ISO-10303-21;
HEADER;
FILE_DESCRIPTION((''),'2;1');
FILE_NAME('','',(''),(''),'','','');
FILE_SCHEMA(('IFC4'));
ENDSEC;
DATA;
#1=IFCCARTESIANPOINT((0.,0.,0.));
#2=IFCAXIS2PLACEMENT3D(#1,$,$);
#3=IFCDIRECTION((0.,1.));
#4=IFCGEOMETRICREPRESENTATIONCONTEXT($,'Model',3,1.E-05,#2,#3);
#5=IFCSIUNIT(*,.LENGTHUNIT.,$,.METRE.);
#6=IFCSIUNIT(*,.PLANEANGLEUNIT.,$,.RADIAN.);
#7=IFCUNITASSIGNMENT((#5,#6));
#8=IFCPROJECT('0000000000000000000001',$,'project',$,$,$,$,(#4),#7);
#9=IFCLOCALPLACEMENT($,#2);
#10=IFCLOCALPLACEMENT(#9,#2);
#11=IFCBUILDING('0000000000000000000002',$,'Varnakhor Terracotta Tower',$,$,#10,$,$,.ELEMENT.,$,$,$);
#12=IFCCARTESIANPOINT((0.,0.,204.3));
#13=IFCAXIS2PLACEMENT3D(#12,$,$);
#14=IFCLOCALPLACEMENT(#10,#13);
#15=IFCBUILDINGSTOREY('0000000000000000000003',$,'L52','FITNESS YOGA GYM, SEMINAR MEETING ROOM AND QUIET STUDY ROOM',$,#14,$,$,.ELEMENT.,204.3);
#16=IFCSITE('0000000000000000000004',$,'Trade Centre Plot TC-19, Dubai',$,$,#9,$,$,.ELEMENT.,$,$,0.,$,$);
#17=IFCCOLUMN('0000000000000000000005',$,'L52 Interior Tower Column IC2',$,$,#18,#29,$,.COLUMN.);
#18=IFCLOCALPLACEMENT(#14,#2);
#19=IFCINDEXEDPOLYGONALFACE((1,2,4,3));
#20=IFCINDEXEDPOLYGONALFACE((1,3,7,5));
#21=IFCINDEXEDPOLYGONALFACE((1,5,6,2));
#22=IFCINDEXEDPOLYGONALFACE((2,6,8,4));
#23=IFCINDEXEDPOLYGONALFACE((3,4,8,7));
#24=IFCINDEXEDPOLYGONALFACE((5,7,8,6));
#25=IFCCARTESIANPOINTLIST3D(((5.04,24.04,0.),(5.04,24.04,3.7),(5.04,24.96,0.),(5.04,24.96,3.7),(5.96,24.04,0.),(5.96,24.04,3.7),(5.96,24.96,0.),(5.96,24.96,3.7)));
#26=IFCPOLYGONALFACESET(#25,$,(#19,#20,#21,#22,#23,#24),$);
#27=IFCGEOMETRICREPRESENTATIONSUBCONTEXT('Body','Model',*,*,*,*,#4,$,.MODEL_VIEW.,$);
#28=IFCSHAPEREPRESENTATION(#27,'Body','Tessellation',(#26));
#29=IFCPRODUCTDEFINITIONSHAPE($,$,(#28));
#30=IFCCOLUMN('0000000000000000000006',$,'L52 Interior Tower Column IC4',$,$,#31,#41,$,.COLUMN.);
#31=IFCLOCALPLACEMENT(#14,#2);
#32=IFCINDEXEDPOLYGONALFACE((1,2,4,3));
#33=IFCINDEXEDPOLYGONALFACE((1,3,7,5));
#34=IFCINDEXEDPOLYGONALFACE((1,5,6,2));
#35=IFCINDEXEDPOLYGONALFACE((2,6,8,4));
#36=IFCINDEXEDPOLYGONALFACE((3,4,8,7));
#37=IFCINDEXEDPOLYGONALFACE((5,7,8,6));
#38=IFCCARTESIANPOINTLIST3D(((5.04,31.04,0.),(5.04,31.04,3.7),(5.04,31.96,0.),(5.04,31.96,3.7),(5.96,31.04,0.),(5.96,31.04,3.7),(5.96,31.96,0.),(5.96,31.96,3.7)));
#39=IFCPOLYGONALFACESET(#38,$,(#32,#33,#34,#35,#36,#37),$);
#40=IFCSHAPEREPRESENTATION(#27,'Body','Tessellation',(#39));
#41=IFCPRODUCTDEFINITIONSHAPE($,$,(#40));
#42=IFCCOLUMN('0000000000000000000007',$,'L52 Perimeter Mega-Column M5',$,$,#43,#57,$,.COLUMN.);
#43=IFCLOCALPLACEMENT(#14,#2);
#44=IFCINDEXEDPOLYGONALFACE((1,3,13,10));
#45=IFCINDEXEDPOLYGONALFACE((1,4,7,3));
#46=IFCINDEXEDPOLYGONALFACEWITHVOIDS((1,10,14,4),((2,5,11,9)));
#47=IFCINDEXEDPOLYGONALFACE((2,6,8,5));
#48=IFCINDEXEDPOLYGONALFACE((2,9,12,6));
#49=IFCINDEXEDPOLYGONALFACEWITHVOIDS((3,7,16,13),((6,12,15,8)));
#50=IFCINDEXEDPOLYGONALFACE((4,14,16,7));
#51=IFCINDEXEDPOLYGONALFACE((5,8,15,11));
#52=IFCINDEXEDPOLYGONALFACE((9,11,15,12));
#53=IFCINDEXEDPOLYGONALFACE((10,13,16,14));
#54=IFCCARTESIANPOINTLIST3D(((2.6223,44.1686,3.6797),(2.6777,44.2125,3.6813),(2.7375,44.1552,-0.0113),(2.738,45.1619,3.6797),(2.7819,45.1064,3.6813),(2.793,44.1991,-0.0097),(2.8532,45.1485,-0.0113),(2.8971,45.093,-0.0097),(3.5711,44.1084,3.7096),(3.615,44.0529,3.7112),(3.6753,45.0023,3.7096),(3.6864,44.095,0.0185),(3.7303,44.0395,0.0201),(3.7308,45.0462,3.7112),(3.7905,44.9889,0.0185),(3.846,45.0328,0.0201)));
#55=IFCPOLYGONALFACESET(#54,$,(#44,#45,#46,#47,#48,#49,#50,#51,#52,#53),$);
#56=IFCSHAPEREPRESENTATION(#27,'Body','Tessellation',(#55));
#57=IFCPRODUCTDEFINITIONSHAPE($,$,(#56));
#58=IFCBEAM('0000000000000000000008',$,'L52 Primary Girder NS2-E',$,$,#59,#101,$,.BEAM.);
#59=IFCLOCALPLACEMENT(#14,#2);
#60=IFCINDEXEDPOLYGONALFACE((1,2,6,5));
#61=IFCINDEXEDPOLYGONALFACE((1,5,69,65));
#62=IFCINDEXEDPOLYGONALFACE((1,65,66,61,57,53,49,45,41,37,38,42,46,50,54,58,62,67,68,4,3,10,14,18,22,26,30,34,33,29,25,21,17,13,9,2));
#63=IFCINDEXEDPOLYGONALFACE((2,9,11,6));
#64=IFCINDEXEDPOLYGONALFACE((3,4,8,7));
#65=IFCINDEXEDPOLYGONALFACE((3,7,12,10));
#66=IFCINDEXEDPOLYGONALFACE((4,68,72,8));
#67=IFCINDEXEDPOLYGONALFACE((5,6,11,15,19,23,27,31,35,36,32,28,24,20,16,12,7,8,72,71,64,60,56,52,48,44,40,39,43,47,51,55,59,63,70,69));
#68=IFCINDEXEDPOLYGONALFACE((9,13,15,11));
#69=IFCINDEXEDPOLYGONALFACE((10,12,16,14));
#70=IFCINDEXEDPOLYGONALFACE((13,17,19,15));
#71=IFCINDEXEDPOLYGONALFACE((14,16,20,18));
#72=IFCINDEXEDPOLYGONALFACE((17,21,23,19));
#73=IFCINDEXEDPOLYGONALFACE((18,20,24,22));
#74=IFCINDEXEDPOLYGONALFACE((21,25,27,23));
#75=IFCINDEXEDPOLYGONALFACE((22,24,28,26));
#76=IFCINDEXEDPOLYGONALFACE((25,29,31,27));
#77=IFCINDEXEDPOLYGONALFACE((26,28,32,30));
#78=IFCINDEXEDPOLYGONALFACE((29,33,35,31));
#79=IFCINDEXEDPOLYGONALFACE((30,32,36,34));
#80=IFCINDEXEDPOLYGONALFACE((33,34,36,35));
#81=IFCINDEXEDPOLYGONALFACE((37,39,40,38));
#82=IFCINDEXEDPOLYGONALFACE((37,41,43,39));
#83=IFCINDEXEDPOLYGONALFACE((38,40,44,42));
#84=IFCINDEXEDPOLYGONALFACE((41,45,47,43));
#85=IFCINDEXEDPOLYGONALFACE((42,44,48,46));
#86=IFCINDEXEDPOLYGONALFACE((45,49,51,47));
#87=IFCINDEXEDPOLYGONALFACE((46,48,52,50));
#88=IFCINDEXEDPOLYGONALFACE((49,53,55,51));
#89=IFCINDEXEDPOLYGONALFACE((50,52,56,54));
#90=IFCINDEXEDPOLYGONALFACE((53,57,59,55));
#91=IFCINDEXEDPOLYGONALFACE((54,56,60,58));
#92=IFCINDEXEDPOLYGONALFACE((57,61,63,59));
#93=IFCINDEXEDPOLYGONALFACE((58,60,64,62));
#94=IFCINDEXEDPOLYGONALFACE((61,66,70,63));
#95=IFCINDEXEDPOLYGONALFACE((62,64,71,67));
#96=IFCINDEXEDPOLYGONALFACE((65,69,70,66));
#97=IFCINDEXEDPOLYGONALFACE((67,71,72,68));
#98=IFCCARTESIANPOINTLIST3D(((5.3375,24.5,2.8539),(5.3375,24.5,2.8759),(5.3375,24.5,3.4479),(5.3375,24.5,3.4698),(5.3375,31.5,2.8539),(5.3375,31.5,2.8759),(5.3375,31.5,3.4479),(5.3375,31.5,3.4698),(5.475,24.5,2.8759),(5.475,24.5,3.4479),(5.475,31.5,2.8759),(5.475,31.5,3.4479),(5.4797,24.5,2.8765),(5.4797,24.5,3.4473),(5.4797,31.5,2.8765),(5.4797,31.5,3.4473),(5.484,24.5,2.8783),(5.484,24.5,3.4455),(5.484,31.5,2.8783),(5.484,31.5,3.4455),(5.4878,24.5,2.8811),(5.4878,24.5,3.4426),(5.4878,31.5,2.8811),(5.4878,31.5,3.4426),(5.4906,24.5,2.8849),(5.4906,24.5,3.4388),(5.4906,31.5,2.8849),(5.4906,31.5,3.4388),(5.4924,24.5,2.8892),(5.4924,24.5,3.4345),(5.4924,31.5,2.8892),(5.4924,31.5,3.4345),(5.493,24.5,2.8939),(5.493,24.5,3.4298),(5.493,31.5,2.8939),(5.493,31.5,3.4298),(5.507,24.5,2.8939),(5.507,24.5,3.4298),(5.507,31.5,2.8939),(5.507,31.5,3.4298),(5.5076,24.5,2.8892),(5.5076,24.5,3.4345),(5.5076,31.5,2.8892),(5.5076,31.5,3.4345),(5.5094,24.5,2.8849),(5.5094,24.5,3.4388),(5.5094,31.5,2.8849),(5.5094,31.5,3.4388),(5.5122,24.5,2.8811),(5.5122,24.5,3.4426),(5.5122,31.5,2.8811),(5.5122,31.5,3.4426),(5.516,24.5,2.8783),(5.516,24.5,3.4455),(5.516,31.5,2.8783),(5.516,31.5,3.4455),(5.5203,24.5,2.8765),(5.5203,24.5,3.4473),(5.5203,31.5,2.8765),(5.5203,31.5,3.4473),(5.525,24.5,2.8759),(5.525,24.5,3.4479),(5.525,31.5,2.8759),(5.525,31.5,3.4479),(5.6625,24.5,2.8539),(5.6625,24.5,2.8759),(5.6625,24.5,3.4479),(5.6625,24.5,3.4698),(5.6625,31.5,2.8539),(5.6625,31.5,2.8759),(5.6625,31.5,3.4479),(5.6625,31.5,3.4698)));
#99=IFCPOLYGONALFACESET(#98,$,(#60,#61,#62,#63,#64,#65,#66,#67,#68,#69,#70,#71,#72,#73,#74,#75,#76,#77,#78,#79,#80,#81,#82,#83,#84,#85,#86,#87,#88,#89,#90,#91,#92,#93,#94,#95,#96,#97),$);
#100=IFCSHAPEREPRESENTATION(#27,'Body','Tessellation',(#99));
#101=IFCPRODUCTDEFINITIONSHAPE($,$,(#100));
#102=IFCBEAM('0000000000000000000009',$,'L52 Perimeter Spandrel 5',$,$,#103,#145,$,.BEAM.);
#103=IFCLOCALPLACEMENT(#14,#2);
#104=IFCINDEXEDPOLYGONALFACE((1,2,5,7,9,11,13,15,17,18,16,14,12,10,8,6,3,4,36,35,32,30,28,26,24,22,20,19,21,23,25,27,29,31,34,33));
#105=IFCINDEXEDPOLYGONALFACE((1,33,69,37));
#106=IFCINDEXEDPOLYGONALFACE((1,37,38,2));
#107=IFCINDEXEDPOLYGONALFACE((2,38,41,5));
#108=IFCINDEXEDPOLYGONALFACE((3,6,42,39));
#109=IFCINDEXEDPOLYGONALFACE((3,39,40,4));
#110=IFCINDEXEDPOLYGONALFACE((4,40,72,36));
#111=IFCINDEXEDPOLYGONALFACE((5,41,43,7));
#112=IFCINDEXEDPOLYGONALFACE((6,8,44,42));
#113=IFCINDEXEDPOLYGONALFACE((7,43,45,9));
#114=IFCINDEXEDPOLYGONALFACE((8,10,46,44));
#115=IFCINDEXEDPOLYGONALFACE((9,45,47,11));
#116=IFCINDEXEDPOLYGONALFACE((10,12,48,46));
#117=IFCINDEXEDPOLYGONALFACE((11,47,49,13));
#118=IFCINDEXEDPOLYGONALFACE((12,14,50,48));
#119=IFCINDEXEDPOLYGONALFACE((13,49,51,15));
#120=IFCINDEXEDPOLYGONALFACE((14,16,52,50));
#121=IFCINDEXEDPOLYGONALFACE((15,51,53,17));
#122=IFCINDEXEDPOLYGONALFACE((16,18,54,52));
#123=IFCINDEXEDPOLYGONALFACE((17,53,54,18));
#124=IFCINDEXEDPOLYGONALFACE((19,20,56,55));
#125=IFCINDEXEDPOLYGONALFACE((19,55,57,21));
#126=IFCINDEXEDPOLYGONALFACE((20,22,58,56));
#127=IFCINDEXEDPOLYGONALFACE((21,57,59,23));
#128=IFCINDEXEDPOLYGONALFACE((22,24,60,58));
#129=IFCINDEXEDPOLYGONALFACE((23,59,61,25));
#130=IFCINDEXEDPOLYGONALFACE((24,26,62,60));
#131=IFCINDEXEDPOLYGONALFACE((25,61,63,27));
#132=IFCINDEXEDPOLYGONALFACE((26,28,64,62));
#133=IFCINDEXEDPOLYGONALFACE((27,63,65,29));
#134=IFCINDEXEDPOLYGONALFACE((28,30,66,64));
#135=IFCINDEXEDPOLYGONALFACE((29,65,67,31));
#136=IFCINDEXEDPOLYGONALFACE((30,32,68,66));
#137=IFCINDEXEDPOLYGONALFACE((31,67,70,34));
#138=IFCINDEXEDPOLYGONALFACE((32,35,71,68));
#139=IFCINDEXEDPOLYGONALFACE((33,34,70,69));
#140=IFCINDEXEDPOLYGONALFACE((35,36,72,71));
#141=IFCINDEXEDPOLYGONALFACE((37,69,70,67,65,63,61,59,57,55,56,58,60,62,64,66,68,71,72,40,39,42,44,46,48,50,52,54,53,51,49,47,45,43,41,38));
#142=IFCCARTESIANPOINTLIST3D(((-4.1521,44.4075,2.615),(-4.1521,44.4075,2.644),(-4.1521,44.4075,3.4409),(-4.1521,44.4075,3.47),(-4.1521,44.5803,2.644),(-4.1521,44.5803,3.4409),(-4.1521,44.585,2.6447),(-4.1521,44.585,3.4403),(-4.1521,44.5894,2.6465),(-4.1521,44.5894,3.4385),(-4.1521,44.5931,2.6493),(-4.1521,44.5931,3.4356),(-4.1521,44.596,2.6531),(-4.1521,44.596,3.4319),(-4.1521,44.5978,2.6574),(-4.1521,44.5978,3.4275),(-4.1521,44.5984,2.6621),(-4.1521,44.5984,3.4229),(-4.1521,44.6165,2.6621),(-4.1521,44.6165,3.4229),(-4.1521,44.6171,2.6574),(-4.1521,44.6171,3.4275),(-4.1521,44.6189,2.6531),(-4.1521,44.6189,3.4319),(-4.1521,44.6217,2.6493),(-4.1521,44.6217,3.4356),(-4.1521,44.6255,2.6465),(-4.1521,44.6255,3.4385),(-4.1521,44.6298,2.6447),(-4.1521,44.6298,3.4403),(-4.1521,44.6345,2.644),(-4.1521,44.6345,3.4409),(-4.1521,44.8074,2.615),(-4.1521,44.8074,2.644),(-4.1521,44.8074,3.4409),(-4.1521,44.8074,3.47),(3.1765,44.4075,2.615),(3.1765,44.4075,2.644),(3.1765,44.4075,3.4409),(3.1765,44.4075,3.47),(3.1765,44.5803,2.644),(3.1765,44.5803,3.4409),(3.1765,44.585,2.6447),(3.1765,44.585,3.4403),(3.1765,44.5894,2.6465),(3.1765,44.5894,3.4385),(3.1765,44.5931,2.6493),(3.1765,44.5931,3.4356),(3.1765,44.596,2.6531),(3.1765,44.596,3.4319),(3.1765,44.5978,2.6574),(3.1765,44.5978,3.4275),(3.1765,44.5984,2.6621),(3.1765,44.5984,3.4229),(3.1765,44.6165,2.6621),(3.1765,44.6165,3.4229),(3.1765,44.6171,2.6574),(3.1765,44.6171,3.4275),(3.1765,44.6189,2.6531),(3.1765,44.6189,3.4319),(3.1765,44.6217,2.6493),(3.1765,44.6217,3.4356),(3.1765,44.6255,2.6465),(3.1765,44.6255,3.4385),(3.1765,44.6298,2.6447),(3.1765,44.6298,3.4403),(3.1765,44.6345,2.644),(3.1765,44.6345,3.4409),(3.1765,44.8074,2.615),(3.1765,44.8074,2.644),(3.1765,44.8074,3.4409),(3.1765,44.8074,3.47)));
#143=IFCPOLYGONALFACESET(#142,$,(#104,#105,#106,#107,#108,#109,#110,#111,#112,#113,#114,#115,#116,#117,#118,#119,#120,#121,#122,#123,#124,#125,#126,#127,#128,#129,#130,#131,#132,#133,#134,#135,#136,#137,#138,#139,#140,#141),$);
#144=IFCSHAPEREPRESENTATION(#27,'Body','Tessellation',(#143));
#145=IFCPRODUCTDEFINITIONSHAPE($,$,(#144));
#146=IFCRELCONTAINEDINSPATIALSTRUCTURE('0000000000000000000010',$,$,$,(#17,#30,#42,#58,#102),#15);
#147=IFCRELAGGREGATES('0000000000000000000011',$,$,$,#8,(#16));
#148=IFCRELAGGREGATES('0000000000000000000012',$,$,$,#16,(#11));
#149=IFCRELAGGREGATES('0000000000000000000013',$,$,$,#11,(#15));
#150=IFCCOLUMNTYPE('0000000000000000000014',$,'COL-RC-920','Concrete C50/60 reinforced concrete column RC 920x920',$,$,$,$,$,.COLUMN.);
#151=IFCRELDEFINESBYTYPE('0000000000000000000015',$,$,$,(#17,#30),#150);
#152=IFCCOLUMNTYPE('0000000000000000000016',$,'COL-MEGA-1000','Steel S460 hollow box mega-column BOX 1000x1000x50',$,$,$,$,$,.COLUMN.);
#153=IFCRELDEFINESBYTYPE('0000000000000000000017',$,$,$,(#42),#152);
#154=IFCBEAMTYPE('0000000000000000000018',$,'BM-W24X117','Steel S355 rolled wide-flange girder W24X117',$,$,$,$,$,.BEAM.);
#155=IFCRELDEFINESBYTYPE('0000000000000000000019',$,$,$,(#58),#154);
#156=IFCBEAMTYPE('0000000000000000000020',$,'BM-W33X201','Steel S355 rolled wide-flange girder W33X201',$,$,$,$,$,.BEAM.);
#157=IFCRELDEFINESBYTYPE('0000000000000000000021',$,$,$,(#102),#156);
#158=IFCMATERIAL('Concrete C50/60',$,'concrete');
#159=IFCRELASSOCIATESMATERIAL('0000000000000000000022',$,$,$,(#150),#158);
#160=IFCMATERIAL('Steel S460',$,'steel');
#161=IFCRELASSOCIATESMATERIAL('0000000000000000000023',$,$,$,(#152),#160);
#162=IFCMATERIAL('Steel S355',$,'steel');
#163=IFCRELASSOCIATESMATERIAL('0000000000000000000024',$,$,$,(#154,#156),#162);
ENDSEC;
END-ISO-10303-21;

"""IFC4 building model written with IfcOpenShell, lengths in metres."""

from ifc_helpers import new_model, si_unit, direction, frame, origin, origin_2d, place, context, subcontext, project, spatial, rectangle, hollow_rectangle, i_section, extrude, source, transform, mapped, material, material_profile, profile_set, type_object, element, save


model = new_model("IFC4")

# Units and contexts
model_context = context("Model", 3, precision=1e-05, world=origin(), true_north=direction((0.0, 1.0)))
body_context = subcontext(model_context, "Body", "Model", "MODEL_VIEW")
ifc_project = project(units=[si_unit("LENGTHUNIT", "METRE"), si_unit("PLANEANGLEUNIT", "RADIAN")], contexts=[model_context])

# Site, building, storey
site_placement = place(None, origin())
site = spatial("IfcSite", under=ifc_project, at=site_placement, Name="Trade Centre Plot TC-19, Dubai", CompositionType="ELEMENT", RefElevation=0.0)
building_placement = place(site_placement, origin())
building = spatial("IfcBuilding", under=site, at=building_placement, Name="Varnakhor Terracotta Tower", CompositionType="ELEMENT")
storey_placement = place(building_placement, frame((0.0, 0.0, 204.3)))
storey = spatial("IfcBuildingStorey", under=building, at=storey_placement, Name="L52", Description="FITNESS YOGA GYM, SEMINAR MEETING ROOM AND QUIET STUDY ROOM", CompositionType="ELEMENT", Elevation=204.3)

# Columns
ifc_material_1 = material(Name="Concrete C50/60", Category="concrete")
ifc_material_profile_1 = material_profile(ifc_material_1, rectangle(XDim=0.9199, YDim=0.9199, at=origin_2d()), Name="RC 920x920")
ifc_profile_set_1 = profile_set([ifc_material_profile_1], Name="Concrete C50/60")
column_type_1 = type_object("IfcColumnType", Name="COL-RC-920", Description="Concrete C50/60 reinforced concrete column RC 920x920", PredefinedType="COLUMN", material=ifc_profile_set_1)
shared_shape_1 = source(origin(), body_context, "Body", "SweptSolid", [
    extrude(rectangle(XDim=0.9199, YDim=0.9199, at=origin_2d()), origin(), (0.0, 0.0, 1.0), 3.7),
])
for number, where, z_axis, x_axis, name in (
    (1, (5.5, 24.5, 0.0), (0.0, 0.0, 1.0), (1.0, 0.0, 0.0), "L52 Interior Tower Column IC2"),
    (2, (5.5, 31.5, 0.0), (0.0, 0.0, 1.0), (1.0, 0.0, 0.0), "L52 Interior Tower Column IC4"),
):
    element("IfcColumn", number, at=place(storey_placement, frame(where, z_axis=z_axis, x_axis=x_axis)), inside=storey, type_object=column_type_1, Name=name, PredefinedType="COLUMN", context=body_context, shape_type="MappedRepresentation", body=[
        mapped(shared_shape_1, transform((0.0, 0.0, 0.0), scale=1.0)),
    ])
ifc_material_2 = material(Name="Steel S460", Category="steel")
ifc_material_profile_2 = material_profile(ifc_material_2, hollow_rectangle(XDim=1.0, YDim=1.0, WallThickness=0.05, at=origin_2d()), Name="BOX 1000x1000x50")
ifc_profile_set_2 = profile_set([ifc_material_profile_2], Name="Steel S460")
column_type_2 = type_object("IfcColumnType", Name="COL-MEGA-1000", Description="Steel S460 hollow box mega-column BOX 1000x1000x50", PredefinedType="COLUMN", material=ifc_profile_set_2)
shared_shape_2 = source(origin(), body_context, "Body", "SweptSolid", [
    extrude(hollow_rectangle(XDim=1.0, YDim=1.0, WallThickness=0.05, at=origin_2d()), origin(), (0.0, 0.0, 1.0), 3.6929),
])
column_placement = place(storey_placement, frame((3.2917, 44.594, 0.0044), z_axis=(-0.031204, 0.003636, 0.999506), x_axis=(-0.115742, -0.993279, 0.0)))
element("IfcColumn", 3, at=column_placement, inside=storey, type_object=column_type_2, Name="L52 Perimeter Mega-Column M5", PredefinedType="COLUMN", context=body_context, shape_type="MappedRepresentation", body=[
    mapped(shared_shape_2, transform((0.0, 0.0, 0.0), scale=1.0)),
])

# Beams
ifc_material_3 = material(Name="Steel S355", Category="steel")
ifc_material_profile_3 = material_profile(ifc_material_3, i_section(OverallWidth=0.325, OverallDepth=0.616, WebThickness=0.0139, FlangeThickness=0.022, FilletRadius=0.0181, at=origin_2d()), Name="W24X117")
ifc_profile_set_3 = profile_set([ifc_material_profile_3], Name="Steel S355")
beam_type_1 = type_object("IfcBeamType", Name="BM-W24X117", Description="Steel S355 rolled wide-flange girder W24X117", PredefinedType="BEAM", material=ifc_profile_set_3)
shared_shape_3 = source(origin(), body_context, "Body", "SweptSolid", [
    extrude(i_section(OverallWidth=0.325, OverallDepth=0.616, WebThickness=0.0139, FlangeThickness=0.022, FilletRadius=0.0181, at=origin_2d()), origin(), (0.0, 0.0, 1.0), 7.0),
])
beam_1_placement = place(storey_placement, frame((5.5, 24.5, 3.1619), z_axis=(0.0, 1.0, 0.0), x_axis=(-1.0, 0.0, 0.0)))
element("IfcBeam", 4, at=beam_1_placement, inside=storey, type_object=beam_type_1, Name="L52 Primary Girder NS2-E", PredefinedType="BEAM", context=body_context, shape_type="MappedRepresentation", body=[
    mapped(shared_shape_3, transform((0.0, 0.0, 0.0), scale=1.0)),
])
ifc_material_profile_4 = material_profile(ifc_material_3, i_section(OverallWidth=0.3999, OverallDepth=0.855, WebThickness=0.0181, FlangeThickness=0.0291, FilletRadius=0.0181, at=origin_2d()), Name="W33X201")
ifc_profile_set_4 = profile_set([ifc_material_profile_4], Name="Steel S355")
beam_type_2 = type_object("IfcBeamType", Name="BM-W33X201", Description="Steel S355 rolled wide-flange girder W33X201", PredefinedType="BEAM", material=ifc_profile_set_4)
shared_shape_4 = source(origin(), body_context, "Body", "SweptSolid", [
    extrude(i_section(OverallWidth=0.3999, OverallDepth=0.855, WebThickness=0.0181, FlangeThickness=0.0291, FilletRadius=0.0181, at=origin_2d()), origin(), (0.0, 0.0, 1.0), 7.3286),
])
beam_2_placement = place(storey_placement, frame((3.1765, 44.6074, 3.0425), z_axis=(-1.0, 0.0, 0.0), x_axis=(0.0, -1.0, 0.0)))
element("IfcBeam", 5, at=beam_2_placement, inside=storey, type_object=beam_type_2, Name="L52 Perimeter Spandrel 5", PredefinedType="BEAM", context=body_context, shape_type="MappedRepresentation", body=[
    mapped(shared_shape_4, transform((0.0, 0.0, 0.0), scale=1.0)),
])

save(model, "model.ifc")
